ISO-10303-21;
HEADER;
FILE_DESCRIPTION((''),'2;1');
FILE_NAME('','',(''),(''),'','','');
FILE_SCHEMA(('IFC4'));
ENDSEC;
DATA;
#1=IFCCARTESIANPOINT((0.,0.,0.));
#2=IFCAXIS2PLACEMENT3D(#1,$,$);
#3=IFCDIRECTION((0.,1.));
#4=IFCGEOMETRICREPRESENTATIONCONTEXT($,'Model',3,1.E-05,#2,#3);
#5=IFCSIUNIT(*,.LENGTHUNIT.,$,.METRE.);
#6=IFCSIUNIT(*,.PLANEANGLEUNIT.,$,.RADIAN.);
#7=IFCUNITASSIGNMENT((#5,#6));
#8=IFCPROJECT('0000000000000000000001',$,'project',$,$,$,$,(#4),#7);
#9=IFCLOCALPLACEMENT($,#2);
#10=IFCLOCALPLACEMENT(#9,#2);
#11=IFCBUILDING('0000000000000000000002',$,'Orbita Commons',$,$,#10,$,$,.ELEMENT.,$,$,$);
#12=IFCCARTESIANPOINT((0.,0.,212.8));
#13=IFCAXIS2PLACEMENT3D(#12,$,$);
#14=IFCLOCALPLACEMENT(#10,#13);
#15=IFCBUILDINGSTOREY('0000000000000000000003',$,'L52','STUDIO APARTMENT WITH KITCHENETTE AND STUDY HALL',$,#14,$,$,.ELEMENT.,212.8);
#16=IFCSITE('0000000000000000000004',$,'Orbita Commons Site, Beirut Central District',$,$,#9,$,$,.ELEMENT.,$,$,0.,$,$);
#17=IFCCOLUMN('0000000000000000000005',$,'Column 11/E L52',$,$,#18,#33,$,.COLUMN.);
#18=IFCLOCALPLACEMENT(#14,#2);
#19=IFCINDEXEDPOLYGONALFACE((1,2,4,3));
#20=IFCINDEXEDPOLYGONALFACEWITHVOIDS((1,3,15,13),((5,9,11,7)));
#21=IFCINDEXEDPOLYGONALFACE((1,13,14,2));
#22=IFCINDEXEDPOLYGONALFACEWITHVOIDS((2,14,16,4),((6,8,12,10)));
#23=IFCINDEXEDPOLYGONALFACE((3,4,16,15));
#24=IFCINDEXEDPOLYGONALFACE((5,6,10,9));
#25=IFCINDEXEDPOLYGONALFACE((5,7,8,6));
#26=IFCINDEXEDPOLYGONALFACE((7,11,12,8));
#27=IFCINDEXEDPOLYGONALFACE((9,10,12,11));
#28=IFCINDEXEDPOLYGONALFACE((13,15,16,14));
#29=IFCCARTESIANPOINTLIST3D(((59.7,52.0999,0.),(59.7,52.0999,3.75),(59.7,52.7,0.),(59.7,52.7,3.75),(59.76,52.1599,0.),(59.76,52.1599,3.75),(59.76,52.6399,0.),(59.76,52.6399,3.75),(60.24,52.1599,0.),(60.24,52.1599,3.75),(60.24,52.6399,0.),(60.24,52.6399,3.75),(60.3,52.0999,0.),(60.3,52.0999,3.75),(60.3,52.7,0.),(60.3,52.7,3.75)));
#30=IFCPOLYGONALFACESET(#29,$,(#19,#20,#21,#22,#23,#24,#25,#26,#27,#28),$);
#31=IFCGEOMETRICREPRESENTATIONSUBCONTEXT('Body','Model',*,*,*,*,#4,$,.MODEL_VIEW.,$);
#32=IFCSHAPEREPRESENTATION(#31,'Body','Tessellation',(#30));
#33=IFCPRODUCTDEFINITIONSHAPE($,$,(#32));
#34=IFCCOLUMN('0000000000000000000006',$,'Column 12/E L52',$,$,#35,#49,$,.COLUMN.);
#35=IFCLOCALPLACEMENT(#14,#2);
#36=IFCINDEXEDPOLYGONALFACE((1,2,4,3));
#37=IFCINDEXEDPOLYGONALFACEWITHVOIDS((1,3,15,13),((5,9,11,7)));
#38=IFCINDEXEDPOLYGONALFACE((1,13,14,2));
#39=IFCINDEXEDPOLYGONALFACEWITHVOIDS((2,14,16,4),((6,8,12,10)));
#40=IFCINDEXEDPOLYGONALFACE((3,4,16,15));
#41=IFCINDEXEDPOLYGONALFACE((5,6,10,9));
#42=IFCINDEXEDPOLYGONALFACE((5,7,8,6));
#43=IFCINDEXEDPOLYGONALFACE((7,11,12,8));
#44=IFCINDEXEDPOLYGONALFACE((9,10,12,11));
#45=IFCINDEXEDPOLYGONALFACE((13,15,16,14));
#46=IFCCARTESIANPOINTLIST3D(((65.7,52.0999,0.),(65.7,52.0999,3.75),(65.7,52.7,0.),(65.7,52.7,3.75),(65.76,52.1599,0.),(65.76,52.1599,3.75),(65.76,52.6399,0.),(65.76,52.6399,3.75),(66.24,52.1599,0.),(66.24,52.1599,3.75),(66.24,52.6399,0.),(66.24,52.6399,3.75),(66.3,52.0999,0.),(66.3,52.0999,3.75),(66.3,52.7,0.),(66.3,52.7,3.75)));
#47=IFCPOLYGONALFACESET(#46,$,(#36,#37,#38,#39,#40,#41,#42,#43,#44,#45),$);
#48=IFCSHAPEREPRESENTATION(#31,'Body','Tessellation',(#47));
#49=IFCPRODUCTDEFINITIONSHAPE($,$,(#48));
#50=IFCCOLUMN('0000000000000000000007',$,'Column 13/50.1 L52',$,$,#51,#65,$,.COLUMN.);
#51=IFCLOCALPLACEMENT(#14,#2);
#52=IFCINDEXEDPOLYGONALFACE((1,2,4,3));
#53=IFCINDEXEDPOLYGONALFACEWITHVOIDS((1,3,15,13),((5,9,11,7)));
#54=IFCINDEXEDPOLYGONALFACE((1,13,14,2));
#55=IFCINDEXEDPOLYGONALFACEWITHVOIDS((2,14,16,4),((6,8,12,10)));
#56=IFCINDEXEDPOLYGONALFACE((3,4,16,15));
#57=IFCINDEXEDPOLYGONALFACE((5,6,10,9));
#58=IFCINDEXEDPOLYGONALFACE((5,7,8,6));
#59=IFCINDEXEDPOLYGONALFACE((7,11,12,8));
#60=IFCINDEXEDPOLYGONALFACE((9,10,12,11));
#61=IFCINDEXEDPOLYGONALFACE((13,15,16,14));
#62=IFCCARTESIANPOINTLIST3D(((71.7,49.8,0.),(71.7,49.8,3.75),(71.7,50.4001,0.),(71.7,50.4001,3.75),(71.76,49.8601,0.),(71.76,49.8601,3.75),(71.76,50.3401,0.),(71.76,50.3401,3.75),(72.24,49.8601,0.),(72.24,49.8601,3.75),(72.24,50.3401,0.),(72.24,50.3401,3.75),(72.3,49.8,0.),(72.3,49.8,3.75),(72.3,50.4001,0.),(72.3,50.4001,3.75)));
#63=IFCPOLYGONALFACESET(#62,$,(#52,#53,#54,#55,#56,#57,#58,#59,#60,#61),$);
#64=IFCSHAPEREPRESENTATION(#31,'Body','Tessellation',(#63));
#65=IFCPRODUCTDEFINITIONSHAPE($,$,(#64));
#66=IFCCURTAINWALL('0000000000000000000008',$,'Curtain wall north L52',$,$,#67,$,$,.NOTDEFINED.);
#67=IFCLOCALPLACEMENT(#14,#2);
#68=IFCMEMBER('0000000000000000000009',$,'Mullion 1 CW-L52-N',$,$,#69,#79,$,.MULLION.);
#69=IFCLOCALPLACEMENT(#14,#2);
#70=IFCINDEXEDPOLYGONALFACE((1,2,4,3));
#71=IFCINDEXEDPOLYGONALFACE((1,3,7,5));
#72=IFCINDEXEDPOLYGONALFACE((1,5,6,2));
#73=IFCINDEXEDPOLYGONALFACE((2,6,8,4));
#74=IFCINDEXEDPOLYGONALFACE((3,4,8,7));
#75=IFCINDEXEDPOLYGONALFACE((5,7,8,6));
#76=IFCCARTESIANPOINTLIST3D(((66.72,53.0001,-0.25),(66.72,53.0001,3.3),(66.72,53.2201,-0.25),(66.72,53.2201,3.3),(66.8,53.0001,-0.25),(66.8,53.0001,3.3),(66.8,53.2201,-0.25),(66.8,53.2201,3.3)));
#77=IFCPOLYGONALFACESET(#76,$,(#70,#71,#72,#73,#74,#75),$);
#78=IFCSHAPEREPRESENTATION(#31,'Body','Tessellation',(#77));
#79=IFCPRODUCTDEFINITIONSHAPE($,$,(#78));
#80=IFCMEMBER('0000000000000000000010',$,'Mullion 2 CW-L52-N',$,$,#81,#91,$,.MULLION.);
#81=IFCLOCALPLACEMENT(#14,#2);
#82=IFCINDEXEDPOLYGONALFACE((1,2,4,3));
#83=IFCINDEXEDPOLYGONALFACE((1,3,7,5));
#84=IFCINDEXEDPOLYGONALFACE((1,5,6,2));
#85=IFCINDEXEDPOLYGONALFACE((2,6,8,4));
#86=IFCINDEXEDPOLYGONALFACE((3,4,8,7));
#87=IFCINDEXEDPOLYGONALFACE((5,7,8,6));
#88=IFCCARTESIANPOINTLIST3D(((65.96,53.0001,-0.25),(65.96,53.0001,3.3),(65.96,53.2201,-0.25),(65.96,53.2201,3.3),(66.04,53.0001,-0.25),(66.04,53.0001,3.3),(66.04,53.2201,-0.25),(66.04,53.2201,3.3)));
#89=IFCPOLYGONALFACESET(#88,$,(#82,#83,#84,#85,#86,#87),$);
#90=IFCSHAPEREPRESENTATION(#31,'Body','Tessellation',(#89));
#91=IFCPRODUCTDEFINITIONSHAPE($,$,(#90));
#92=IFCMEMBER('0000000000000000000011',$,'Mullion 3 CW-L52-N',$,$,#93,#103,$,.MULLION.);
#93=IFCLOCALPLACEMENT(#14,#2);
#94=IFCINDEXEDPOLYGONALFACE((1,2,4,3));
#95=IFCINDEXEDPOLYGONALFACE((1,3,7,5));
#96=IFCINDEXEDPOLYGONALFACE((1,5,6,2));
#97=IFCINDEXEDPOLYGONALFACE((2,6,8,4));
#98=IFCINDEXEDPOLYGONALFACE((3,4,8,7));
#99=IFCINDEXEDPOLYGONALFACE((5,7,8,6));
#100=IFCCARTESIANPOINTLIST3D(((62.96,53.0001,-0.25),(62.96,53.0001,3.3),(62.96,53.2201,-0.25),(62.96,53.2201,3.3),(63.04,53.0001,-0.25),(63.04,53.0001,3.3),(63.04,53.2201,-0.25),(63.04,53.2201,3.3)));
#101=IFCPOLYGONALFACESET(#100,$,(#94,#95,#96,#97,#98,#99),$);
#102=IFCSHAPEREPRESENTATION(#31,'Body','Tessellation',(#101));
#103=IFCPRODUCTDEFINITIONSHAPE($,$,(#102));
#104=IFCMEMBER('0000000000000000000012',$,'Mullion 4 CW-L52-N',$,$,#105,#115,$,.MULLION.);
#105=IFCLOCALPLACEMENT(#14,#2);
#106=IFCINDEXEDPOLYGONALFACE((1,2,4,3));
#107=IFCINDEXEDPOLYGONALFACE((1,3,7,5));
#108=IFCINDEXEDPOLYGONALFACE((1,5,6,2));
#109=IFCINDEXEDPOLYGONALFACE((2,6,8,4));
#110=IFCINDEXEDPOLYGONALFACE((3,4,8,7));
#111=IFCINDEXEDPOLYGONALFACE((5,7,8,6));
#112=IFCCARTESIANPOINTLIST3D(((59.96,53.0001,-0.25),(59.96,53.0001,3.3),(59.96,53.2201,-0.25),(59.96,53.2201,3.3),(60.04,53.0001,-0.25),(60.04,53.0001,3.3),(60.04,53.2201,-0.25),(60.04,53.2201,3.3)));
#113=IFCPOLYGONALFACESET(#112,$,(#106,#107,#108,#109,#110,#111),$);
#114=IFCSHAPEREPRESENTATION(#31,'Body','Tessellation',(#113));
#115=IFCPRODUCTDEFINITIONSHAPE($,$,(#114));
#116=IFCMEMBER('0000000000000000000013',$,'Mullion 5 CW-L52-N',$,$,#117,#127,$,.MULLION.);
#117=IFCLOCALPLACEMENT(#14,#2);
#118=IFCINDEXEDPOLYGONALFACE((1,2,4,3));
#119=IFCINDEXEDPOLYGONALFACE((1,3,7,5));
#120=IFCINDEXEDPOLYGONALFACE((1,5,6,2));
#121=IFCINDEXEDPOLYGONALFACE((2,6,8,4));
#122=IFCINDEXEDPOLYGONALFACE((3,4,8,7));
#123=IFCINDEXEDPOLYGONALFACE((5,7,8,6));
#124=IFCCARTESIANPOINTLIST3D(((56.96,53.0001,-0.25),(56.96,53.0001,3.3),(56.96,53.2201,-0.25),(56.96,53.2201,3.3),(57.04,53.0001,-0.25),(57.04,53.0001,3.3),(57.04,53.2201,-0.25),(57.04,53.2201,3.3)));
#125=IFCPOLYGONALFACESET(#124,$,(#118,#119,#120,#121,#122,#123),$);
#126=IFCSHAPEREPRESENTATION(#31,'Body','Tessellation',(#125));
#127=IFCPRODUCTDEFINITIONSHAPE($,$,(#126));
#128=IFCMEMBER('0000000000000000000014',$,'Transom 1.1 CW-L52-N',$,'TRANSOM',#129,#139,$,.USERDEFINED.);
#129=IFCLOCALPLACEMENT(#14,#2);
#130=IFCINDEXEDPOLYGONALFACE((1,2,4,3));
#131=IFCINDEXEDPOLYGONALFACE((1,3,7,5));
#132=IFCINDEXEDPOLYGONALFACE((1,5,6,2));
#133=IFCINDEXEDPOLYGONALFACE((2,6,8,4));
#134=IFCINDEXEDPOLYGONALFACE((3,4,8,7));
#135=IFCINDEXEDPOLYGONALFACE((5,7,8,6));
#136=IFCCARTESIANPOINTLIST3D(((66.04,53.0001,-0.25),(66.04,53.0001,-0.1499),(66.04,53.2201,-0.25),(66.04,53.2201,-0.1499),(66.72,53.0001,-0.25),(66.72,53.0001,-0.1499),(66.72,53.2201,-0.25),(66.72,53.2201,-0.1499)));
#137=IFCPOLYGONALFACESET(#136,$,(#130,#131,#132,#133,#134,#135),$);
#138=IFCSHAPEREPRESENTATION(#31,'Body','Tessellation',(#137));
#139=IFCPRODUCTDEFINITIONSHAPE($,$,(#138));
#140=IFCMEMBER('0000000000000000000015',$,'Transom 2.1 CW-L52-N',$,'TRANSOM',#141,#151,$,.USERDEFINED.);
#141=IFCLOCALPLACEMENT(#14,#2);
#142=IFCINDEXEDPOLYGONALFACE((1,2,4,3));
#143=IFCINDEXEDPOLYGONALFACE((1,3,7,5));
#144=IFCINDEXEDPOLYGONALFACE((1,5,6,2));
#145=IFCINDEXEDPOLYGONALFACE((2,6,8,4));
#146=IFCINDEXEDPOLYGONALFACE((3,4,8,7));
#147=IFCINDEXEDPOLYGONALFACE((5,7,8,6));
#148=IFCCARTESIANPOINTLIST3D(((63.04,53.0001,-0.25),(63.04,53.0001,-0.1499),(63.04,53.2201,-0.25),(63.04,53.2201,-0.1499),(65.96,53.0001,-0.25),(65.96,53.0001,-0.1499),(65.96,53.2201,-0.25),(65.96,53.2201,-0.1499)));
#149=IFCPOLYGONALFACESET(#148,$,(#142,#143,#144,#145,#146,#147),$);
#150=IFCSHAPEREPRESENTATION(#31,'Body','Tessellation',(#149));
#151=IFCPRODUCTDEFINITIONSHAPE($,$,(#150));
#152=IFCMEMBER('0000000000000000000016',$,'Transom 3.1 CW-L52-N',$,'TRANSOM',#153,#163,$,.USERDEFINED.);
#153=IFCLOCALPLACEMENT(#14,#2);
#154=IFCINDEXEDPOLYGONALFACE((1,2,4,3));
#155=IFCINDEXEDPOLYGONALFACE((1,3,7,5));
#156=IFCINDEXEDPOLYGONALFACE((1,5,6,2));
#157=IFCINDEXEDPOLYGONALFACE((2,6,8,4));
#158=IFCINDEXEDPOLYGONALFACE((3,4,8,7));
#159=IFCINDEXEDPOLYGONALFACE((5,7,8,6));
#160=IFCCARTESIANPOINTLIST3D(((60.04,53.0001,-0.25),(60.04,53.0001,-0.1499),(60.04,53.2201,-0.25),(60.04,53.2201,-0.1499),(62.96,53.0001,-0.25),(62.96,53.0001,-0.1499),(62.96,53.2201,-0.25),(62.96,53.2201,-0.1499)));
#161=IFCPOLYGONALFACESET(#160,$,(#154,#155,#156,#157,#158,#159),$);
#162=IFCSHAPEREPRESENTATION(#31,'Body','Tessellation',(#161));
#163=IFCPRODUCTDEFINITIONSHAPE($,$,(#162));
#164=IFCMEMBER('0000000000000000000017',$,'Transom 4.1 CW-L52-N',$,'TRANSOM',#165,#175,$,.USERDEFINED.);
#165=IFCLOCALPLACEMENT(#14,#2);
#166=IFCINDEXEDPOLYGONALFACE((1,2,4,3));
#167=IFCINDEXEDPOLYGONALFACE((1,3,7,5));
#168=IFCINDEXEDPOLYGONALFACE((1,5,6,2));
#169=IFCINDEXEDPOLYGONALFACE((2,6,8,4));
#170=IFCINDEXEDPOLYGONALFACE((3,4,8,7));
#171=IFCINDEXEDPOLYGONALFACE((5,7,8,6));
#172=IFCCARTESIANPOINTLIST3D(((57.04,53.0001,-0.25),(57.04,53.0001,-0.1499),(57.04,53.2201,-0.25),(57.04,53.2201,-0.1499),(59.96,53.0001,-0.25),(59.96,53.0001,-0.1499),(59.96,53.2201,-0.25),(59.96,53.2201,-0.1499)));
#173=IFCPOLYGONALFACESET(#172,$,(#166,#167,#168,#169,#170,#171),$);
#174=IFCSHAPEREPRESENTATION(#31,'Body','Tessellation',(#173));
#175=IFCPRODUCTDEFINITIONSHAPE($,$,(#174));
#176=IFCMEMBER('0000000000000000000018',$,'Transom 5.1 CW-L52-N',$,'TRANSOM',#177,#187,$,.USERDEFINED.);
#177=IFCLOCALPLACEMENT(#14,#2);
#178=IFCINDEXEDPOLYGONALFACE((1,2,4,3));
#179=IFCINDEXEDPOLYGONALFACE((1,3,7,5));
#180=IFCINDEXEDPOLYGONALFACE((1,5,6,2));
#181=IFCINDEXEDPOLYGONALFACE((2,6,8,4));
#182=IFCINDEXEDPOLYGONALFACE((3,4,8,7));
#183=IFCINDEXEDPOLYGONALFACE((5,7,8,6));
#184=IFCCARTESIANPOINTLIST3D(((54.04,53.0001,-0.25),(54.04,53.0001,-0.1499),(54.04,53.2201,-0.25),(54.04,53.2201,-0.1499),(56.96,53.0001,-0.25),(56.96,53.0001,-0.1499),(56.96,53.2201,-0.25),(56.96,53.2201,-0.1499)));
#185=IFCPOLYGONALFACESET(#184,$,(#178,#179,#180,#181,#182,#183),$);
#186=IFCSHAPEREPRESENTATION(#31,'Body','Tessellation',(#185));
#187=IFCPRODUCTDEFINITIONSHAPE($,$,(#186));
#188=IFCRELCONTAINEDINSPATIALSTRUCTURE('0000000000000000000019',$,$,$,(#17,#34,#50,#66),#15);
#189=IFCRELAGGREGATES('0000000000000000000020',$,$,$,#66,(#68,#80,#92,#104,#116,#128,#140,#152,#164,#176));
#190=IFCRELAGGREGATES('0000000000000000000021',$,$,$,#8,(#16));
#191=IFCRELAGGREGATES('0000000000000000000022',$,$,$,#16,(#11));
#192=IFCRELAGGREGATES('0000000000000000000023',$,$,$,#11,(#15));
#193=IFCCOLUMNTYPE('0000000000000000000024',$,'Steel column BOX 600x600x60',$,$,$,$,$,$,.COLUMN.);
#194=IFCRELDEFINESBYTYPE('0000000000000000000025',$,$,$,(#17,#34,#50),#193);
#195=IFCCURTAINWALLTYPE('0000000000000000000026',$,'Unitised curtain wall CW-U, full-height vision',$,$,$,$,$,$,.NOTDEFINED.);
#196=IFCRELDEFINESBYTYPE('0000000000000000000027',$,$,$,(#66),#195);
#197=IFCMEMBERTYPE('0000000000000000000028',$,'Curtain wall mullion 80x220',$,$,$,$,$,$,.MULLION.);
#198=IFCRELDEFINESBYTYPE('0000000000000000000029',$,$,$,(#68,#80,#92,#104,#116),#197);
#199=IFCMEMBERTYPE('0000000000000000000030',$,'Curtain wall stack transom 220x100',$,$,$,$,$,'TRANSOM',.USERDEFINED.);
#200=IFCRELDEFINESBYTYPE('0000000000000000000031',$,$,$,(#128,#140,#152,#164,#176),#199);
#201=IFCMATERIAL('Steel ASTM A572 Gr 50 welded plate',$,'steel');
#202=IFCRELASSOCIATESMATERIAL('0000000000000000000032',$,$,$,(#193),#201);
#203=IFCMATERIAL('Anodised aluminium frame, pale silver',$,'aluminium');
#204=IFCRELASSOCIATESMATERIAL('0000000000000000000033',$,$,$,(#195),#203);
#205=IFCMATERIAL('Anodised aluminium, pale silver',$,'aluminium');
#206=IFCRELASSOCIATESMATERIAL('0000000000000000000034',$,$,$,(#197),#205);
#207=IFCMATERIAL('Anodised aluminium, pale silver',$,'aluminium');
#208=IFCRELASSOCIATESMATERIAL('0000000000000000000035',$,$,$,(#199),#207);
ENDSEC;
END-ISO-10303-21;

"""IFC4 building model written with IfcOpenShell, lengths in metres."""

from ifc_helpers import new_model, si_unit, direction, frame, origin, origin_2d, place, context, subcontext, project, spatial, rectangle, hollow_rectangle, extrude, material, material_profile, profile_set, type_object, element, aggregate, save


model = new_model("IFC4")

# Units and contexts
model_context = context("Model", 3, precision=1e-05, world=origin(), true_north=direction((0.0, 1.0)))
body_context = subcontext(model_context, "Body", "Model", "MODEL_VIEW")
ifc_project = project(units=[si_unit("LENGTHUNIT", "METRE"), si_unit("PLANEANGLEUNIT", "RADIAN")], contexts=[model_context])

# Site, building, storey
site_placement = place(None, origin())
site = spatial("IfcSite", under=ifc_project, at=site_placement, Name="Orbita Commons Site, Beirut Central District", CompositionType="ELEMENT", RefElevation=0.0)
building_placement = place(site_placement, origin())
building = spatial("IfcBuilding", under=site, at=building_placement, Name="Orbita Commons", CompositionType="ELEMENT")
storey_placement = place(building_placement, frame((0.0, 0.0, 212.8)))
storey = spatial("IfcBuildingStorey", under=building, at=storey_placement, Name="L52", Description="STUDIO APARTMENT WITH KITCHENETTE AND STUDY HALL", CompositionType="ELEMENT", Elevation=212.8)

# Columns
ifc_material_1 = material(Name="Steel ASTM A572 Gr 50 welded plate", Category="steel")
ifc_material_profile_1 = material_profile(ifc_material_1, hollow_rectangle(XDim=0.6001, YDim=0.6001, WallThickness=0.0601, at=origin_2d()), Name="BOX 600x600x60")
ifc_profile_set_1 = profile_set([ifc_material_profile_1], Name="Steel ASTM A572 Gr 50 welded plate")
column_type = type_object("IfcColumnType", Name="Steel column BOX 600x600x60", PredefinedType="COLUMN", material=ifc_profile_set_1)
for number, where, z_axis, x_axis, name in (
    (1, (60.0, 52.3999, 0.0), (0.0, 0.0, 1.0), (1.0, 0.0, 0.0), "Column 11/E L52"),
    (2, (66.0, 52.3999, 0.0), (0.0, 0.0, 1.0), (1.0, 0.0, 0.0), "Column 12/E L52"),
    (3, (72.0, 50.1001, 0.0), (0.0, 0.0, 1.0), (1.0, 0.0, 0.0), "Column 13/50.1 L52"),
):
    element("IfcColumn", number, at=place(storey_placement, frame(where, z_axis=z_axis, x_axis=x_axis)), inside=storey, type_object=column_type, Name=name, PredefinedType="COLUMN", context=body_context, shape_type="SweptSolid", body=[
        extrude(hollow_rectangle(XDim=0.6001, YDim=0.6001, WallThickness=0.0601, at=origin_2d()), origin(), (0.0, 0.0, 1.0), 3.75),
    ])

# Curtain wall, members
ifc_material_2 = material(Name="Anodised aluminium frame, pale silver", Category="aluminium")
curtain_wall_type = type_object("IfcCurtainWallType", Name="Unitised curtain wall CW-U, full-height vision", PredefinedType="NOTDEFINED", material=ifc_material_2)
curtain_wall_placement = place(storey_placement, origin())
curtain_wall = element("IfcCurtainWall", 4, at=curtain_wall_placement, inside=storey, type_object=curtain_wall_type, Name="Curtain wall north L52", PredefinedType="NOTDEFINED")
ifc_material_3 = material(Name="Anodised aluminium, pale silver", Category="aluminium")
ifc_material_profile_2 = material_profile(ifc_material_3, rectangle(XDim=0.0801, YDim=0.22, at=origin_2d()), Name="AL 80x220")
ifc_profile_set_2 = profile_set([ifc_material_profile_2], Name="Anodised aluminium, pale silver")
member_type_1 = type_object("IfcMemberType", Name="Curtain wall mullion 80x220", PredefinedType="MULLION", material=ifc_profile_set_2)
member_1_placement = place(storey_placement, frame((66.76, 53.1101, -0.25), z_axis=(0.0, 0.0, 1.0), x_axis=(-1.0, 0.0, 0.0)))
member_1 = element("IfcMember", 5, at=member_1_placement, type_object=member_type_1, Name="Mullion 1 CW-L52-N", PredefinedType="MULLION", context=body_context, shape_type="SweptSolid", body=[
    extrude(rectangle(XDim=0.0801, YDim=0.22, at=origin_2d()), origin(), (0.0, 0.0, 1.0), 3.55),
])
member_2_placement = place(storey_placement, frame((66.0, 53.1101, -0.25), z_axis=(0.0, 0.0, 1.0), x_axis=(-1.0, 0.0, 0.0)))
member_2 = element("IfcMember", 6, at=member_2_placement, type_object=member_type_1, Name="Mullion 2 CW-L52-N", PredefinedType="MULLION", context=body_context, shape_type="SweptSolid", body=[
    extrude(rectangle(XDim=0.0801, YDim=0.22, at=origin_2d()), origin(), (0.0, 0.0, 1.0), 3.55),
])
member_3_placement = place(storey_placement, frame((63.0, 53.1101, -0.25), z_axis=(0.0, 0.0, 1.0), x_axis=(-1.0, 0.0, 0.0)))
member_3 = element("IfcMember", 7, at=member_3_placement, type_object=member_type_1, Name="Mullion 3 CW-L52-N", PredefinedType="MULLION", context=body_context, shape_type="SweptSolid", body=[
    extrude(rectangle(XDim=0.0801, YDim=0.22, at=origin_2d()), origin(), (0.0, 0.0, 1.0), 3.55),
])
member_4_placement = place(storey_placement, frame((60.0, 53.1101, -0.25), z_axis=(0.0, 0.0, 1.0), x_axis=(-1.0, 0.0, 0.0)))
member_4 = element("IfcMember", 8, at=member_4_placement, type_object=member_type_1, Name="Mullion 4 CW-L52-N", PredefinedType="MULLION", context=body_context, shape_type="SweptSolid", body=[
    extrude(rectangle(XDim=0.0801, YDim=0.22, at=origin_2d()), origin(), (0.0, 0.0, 1.0), 3.55),
])
member_5_placement = place(storey_placement, frame((57.0, 53.1101, -0.25), z_axis=(0.0, 0.0, 1.0), x_axis=(-1.0, 0.0, 0.0)))
member_5 = element("IfcMember", 9, at=member_5_placement, type_object=member_type_1, Name="Mullion 5 CW-L52-N", PredefinedType="MULLION", context=body_context, shape_type="SweptSolid", body=[
    extrude(rectangle(XDim=0.0801, YDim=0.22, at=origin_2d()), origin(), (0.0, 0.0, 1.0), 3.55),
])
ifc_material_4 = material(Name="Anodised aluminium, pale silver", Category="aluminium")
ifc_material_profile_3 = material_profile(ifc_material_4, rectangle(XDim=0.22, YDim=0.1001, at=origin_2d()), Name="AL 220x100")
ifc_profile_set_3 = profile_set([ifc_material_profile_3], Name="Anodised aluminium, pale silver")
member_type_2 = type_object("IfcMemberType", Name="Curtain wall stack transom 220x100", ElementType="TRANSOM", PredefinedType="USERDEFINED", material=ifc_profile_set_3)
member_6_placement = place(storey_placement, frame((66.72, 53.1101, -0.2), z_axis=(-1.0, 0.0, 0.0), x_axis=(0.0, -1.0, 0.0)))
member_6 = element("IfcMember", 10, at=member_6_placement, type_object=member_type_2, Name="Transom 1.1 CW-L52-N", ObjectType="TRANSOM", PredefinedType="USERDEFINED", context=body_context, shape_type="SweptSolid", body=[
    extrude(rectangle(XDim=0.22, YDim=0.1001, at=origin_2d()), origin(), (0.0, 0.0, 1.0), 0.6799),
])
member_7_placement = place(storey_placement, frame((65.96, 53.1101, -0.2), z_axis=(-1.0, 0.0, 0.0), x_axis=(0.0, -1.0, 0.0)))
member_7 = element("IfcMember", 11, at=member_7_placement, type_object=member_type_2, Name="Transom 2.1 CW-L52-N", ObjectType="TRANSOM", PredefinedType="USERDEFINED", context=body_context, shape_type="SweptSolid", body=[
    extrude(rectangle(XDim=0.22, YDim=0.1001, at=origin_2d()), origin(), (0.0, 0.0, 1.0), 2.9199),
])
member_8_placement = place(storey_placement, frame((62.96, 53.1101, -0.2), z_axis=(-1.0, 0.0, 0.0), x_axis=(0.0, -1.0, 0.0)))
member_8 = element("IfcMember", 12, at=member_8_placement, type_object=member_type_2, Name="Transom 3.1 CW-L52-N", ObjectType="TRANSOM", PredefinedType="USERDEFINED", context=body_context, shape_type="SweptSolid", body=[
    extrude(rectangle(XDim=0.22, YDim=0.1001, at=origin_2d()), origin(), (0.0, 0.0, 1.0), 2.9199),
])
member_9_placement = place(storey_placement, frame((59.96, 53.1101, -0.2), z_axis=(-1.0, 0.0, 0.0), x_axis=(0.0, -1.0, 0.0)))
member_9 = element("IfcMember", 13, at=member_9_placement, type_object=member_type_2, Name="Transom 4.1 CW-L52-N", ObjectType="TRANSOM", PredefinedType="USERDEFINED", context=body_context, shape_type="SweptSolid", body=[
    extrude(rectangle(XDim=0.22, YDim=0.1001, at=origin_2d()), origin(), (0.0, 0.0, 1.0), 2.9199),
])
member_10_placement = place(storey_placement, frame((56.96, 53.1101, -0.2), z_axis=(-1.0, 0.0, 0.0), x_axis=(0.0, -1.0, 0.0)))
member_10 = element("IfcMember", 14, at=member_10_placement, type_object=member_type_2, Name="Transom 5.1 CW-L52-N", ObjectType="TRANSOM", PredefinedType="USERDEFINED", context=body_context, shape_type="SweptSolid", body=[
    extrude(rectangle(XDim=0.22, YDim=0.1001, at=origin_2d()), origin(), (0.0, 0.0, 1.0), 2.9199),
])

aggregate(curtain_wall, [member_1, member_2, member_3, member_4, member_5, member_6, member_7, member_8, member_9, member_10])

save(model, "model.ifc")
